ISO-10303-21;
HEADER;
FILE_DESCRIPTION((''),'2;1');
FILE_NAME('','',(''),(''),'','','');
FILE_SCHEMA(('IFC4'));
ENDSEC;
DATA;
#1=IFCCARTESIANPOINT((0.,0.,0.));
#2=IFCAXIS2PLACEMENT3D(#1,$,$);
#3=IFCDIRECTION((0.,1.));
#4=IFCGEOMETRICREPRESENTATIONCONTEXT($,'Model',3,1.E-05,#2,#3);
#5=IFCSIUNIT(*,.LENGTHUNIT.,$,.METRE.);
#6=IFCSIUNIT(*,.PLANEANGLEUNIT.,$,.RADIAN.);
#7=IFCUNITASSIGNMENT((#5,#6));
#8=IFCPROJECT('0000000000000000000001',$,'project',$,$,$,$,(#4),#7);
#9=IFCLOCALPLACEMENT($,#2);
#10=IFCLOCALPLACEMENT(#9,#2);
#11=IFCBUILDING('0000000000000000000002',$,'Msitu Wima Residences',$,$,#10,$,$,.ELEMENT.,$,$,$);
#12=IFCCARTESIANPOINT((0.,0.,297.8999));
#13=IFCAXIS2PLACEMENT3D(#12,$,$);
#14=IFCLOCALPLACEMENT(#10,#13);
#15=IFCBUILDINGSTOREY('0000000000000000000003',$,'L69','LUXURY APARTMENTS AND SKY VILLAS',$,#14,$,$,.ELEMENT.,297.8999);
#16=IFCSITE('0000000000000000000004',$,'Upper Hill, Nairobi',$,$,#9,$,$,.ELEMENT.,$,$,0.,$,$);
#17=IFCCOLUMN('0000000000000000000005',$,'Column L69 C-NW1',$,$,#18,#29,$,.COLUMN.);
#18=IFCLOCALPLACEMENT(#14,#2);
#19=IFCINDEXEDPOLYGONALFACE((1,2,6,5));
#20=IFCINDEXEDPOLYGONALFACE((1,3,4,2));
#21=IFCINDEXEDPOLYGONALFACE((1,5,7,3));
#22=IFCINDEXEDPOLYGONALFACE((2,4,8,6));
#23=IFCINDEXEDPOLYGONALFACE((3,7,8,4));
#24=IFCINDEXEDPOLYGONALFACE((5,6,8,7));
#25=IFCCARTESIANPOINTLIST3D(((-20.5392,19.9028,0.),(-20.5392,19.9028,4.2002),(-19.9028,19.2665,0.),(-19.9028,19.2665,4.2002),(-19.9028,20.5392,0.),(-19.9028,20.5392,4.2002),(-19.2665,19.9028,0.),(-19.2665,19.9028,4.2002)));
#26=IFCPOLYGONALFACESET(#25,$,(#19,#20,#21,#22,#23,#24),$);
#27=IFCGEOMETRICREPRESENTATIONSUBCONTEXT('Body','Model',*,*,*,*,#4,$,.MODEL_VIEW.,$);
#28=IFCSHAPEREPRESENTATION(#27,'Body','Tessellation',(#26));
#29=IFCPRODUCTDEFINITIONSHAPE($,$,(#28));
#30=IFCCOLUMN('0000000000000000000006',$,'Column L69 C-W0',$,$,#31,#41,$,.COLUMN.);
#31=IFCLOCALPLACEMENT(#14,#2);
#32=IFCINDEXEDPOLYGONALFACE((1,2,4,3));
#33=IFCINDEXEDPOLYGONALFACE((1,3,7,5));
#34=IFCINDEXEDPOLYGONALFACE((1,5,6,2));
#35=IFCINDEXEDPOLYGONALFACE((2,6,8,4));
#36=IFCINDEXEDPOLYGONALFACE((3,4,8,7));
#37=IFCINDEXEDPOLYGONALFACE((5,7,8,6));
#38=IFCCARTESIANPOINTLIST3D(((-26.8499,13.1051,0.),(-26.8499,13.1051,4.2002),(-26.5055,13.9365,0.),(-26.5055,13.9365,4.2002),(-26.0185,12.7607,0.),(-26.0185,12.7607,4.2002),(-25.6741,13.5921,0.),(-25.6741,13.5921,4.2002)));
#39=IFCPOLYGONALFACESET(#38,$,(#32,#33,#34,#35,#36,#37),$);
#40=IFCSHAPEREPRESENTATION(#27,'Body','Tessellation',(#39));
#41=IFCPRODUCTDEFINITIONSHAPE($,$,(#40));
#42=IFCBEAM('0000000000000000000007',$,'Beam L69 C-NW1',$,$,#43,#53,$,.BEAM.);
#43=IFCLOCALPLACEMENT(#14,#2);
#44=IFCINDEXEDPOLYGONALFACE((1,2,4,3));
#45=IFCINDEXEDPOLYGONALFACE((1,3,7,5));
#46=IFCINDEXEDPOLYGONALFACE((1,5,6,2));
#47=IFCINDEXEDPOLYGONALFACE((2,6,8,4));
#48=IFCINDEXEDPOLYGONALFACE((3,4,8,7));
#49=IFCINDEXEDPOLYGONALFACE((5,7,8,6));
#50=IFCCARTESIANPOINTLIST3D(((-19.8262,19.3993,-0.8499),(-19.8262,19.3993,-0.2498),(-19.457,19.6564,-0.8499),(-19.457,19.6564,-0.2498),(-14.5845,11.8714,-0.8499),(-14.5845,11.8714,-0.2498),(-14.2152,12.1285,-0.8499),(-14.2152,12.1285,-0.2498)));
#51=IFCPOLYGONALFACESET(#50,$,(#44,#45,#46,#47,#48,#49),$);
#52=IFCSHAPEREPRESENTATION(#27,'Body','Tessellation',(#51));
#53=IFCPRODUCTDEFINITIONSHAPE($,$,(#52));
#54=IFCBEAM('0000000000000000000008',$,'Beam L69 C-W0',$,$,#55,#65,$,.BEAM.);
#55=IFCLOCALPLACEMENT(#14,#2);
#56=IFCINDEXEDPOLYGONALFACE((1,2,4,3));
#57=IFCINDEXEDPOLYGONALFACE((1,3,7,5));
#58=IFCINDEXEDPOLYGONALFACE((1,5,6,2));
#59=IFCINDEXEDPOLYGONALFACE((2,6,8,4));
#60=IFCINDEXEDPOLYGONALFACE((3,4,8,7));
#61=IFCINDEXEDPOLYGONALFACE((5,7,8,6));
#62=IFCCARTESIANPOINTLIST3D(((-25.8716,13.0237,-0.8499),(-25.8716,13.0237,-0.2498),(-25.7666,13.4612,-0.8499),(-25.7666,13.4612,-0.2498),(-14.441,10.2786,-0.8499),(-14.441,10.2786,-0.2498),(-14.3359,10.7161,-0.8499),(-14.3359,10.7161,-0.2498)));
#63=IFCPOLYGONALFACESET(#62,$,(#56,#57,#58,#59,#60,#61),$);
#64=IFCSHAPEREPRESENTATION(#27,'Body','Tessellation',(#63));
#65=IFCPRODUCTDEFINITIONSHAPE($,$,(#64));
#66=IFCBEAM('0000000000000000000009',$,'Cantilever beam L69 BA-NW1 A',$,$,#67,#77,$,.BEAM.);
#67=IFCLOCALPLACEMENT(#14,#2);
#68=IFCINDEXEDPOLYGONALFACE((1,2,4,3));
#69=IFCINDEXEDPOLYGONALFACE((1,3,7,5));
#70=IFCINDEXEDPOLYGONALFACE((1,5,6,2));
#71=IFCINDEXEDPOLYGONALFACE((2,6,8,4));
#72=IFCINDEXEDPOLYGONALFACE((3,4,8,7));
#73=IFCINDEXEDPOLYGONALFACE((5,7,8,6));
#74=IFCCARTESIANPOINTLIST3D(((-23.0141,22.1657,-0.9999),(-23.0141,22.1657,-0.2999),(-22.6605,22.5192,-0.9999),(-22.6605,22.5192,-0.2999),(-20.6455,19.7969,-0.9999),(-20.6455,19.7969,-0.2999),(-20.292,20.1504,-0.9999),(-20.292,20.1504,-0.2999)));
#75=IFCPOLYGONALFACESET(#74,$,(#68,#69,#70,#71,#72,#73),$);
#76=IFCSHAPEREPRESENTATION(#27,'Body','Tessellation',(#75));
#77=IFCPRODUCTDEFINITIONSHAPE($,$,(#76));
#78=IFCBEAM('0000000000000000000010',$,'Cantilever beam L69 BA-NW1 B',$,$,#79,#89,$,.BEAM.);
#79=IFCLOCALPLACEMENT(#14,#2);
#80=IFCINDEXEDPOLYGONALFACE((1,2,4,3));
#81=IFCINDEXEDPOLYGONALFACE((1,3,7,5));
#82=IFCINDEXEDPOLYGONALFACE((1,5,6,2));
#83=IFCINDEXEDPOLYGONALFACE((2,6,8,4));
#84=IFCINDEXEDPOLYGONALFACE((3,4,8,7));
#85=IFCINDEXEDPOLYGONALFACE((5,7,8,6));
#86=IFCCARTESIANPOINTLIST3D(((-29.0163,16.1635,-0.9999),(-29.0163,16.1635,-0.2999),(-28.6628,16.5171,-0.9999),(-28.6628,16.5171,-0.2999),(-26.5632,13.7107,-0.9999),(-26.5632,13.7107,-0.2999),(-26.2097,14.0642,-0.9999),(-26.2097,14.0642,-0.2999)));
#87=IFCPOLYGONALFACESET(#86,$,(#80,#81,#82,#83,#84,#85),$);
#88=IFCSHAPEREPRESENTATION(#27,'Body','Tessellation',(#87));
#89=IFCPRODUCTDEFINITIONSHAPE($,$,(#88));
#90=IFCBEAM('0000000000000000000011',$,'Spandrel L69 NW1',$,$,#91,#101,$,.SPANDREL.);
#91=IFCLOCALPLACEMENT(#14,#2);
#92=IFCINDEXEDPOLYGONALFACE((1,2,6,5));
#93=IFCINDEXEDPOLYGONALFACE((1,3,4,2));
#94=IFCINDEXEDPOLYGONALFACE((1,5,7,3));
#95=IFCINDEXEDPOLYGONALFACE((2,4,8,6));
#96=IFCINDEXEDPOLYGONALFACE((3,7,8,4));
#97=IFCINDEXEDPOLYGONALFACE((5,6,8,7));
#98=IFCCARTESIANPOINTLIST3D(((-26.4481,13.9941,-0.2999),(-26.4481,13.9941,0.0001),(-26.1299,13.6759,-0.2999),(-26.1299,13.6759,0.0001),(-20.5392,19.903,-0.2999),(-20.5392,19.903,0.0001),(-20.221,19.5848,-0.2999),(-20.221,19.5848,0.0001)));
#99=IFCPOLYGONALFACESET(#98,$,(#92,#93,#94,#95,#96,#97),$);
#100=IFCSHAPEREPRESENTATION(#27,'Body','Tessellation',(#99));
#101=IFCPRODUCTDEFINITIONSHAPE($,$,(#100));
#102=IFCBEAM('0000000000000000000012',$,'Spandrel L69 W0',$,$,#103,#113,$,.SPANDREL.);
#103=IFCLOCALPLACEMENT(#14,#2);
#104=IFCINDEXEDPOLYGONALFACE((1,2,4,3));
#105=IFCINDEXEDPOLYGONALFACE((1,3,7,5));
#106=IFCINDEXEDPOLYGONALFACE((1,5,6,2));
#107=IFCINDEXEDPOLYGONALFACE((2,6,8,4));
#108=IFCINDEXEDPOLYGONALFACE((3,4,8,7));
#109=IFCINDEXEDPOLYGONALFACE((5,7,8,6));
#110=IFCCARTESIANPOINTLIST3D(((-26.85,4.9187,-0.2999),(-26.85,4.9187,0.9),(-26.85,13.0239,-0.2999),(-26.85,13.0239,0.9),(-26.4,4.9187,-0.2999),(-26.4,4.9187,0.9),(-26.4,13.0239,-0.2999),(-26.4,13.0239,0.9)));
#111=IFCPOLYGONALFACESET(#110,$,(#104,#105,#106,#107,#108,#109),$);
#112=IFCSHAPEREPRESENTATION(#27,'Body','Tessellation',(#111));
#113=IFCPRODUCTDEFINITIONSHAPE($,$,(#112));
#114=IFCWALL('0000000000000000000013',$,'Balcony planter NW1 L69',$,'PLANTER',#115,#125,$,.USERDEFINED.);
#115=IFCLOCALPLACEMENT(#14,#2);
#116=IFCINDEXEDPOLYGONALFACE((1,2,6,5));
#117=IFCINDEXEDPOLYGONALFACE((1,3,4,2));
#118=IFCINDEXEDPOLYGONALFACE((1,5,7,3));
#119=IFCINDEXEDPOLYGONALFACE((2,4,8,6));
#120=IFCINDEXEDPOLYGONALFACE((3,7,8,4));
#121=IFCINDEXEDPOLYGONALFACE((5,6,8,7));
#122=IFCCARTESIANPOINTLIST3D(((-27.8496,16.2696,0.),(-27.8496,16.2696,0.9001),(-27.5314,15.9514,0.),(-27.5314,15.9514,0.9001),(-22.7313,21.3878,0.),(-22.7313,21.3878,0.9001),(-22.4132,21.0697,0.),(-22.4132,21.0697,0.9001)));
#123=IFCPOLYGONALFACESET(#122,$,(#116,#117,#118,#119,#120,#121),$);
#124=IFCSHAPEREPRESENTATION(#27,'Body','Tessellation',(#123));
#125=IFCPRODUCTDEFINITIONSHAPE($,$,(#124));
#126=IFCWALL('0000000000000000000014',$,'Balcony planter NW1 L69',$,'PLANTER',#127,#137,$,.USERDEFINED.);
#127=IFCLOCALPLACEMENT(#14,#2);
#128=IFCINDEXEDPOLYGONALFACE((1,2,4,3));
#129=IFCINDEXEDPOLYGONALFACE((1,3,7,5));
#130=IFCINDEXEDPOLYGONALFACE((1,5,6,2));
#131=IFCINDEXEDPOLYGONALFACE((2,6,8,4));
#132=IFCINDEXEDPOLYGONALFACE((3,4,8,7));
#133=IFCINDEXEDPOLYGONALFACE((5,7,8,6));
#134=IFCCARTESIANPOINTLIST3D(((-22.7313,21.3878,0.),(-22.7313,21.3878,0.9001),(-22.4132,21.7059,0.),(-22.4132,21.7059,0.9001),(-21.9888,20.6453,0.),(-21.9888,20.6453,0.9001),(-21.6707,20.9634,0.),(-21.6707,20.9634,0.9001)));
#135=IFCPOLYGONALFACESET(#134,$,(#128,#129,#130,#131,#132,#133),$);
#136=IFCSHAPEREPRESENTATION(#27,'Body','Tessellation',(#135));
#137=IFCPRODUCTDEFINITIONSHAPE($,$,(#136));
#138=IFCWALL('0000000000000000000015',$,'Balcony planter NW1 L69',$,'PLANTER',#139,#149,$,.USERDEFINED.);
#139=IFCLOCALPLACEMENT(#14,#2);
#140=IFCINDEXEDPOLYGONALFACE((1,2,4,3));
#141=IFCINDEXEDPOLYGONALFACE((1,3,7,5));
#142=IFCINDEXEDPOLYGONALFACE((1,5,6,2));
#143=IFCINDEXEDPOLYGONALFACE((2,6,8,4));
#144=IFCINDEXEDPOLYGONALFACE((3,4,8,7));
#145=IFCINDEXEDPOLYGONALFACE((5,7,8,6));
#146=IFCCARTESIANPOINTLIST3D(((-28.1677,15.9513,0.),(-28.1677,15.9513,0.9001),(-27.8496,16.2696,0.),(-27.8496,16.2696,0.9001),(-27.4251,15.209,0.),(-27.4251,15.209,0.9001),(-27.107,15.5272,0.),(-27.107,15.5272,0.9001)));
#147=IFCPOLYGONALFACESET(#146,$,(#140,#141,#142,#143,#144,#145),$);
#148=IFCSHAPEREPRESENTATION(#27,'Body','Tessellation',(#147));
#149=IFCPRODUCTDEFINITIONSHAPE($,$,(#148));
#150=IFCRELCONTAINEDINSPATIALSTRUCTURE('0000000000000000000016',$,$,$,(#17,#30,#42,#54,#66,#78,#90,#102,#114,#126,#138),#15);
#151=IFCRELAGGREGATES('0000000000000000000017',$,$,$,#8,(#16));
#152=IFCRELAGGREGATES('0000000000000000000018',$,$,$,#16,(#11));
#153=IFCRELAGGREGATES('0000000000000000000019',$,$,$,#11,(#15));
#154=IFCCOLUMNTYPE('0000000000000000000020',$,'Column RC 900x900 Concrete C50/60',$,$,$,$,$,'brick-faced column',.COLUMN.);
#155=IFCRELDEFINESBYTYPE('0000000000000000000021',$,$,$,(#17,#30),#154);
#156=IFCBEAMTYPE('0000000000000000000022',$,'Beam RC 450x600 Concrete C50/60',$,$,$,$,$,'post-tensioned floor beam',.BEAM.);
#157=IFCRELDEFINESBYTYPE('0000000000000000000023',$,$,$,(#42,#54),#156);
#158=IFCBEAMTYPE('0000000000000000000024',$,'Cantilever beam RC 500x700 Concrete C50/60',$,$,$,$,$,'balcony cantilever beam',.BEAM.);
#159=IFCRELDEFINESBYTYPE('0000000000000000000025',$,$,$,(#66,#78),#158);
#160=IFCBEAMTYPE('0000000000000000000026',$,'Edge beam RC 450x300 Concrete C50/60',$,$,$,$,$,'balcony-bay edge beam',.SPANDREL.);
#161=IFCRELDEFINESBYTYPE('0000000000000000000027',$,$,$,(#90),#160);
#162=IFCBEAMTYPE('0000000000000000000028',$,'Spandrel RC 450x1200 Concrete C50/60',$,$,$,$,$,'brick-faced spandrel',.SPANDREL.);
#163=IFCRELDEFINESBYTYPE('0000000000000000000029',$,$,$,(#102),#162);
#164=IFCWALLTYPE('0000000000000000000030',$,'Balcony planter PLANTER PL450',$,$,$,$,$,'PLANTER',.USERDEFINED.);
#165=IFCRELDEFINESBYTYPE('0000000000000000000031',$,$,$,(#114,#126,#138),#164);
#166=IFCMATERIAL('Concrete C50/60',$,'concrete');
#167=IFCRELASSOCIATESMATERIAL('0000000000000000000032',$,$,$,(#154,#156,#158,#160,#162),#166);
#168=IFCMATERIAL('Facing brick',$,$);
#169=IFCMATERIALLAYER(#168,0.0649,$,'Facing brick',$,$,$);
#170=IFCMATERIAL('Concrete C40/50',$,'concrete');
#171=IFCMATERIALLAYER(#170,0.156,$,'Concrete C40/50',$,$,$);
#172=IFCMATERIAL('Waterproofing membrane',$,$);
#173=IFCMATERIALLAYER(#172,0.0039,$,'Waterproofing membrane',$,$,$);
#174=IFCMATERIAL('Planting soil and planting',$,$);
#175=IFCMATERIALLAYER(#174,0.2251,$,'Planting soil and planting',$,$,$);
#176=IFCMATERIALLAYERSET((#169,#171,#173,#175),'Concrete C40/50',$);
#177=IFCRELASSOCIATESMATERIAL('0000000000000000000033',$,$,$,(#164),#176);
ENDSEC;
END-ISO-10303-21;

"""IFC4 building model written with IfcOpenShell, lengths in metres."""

from ifc_helpers import new_model, si_unit, direction, frame, frame_2d, origin, origin_2d, place, context, subcontext, project, spatial, rectangle, extrude, material, layer, layer_set, material_profile, profile_set, type_object, element, save


model = new_model("IFC4")

# Units and contexts
model_context = context("Model", 3, precision=1e-05, world=origin(), true_north=direction((0.0, 1.0)))
body_context = subcontext(model_context, "Body", "Model", "MODEL_VIEW")
ifc_project = project(units=[si_unit("LENGTHUNIT", "METRE"), si_unit("PLANEANGLEUNIT", "RADIAN")], contexts=[model_context])

# Site, building, storey
site_placement = place(None, origin())
site = spatial("IfcSite", under=ifc_project, at=site_placement, Name="Upper Hill, Nairobi", CompositionType="ELEMENT", RefElevation=0.0)
building_placement = place(site_placement, origin())
building = spatial("IfcBuilding", under=site, at=building_placement, Name="Msitu Wima Residences", CompositionType="ELEMENT")
storey_placement = place(building_placement, frame((0.0, 0.0, 297.8999)))
storey = spatial("IfcBuildingStorey", under=building, at=storey_placement, Name="L69", Description="LUXURY APARTMENTS AND SKY VILLAS", CompositionType="ELEMENT", Elevation=297.8999)

# Columns
ifc_material_1 = material(Name="Concrete C50/60", Category="concrete")
ifc_material_profile_1 = material_profile(ifc_material_1, rectangle(XDim=0.8999, YDim=0.8999, at=origin_2d()), Name="RC 900x900")
ifc_profile_set_1 = profile_set([ifc_material_profile_1], Name="Concrete C50/60")
column_type = type_object("IfcColumnType", Name="Column RC 900x900 Concrete C50/60", ElementType="brick-faced column", PredefinedType="COLUMN", material=ifc_profile_set_1)
for number, where, z_axis, x_axis, name in (
    (1, (-19.9028, 19.9028, 0.0), (0.0, 0.0, 1.0), (-0.707107, -0.707107, 0.0), "Column L69 C-NW1"),
    (2, (-26.262, 13.3486, 0.0), (0.0, 0.0, 1.0), (-0.382683, -0.92388, 0.0), "Column L69 C-W0"),
):
    element("IfcColumn", number, at=place(storey_placement, frame(where, z_axis=z_axis, x_axis=x_axis)), inside=storey, type_object=column_type, Name=name, PredefinedType="COLUMN", context=body_context, shape_type="SweptSolid", body=[
        extrude(rectangle(XDim=0.8999, YDim=0.8999, at=origin_2d()), origin(), (0.0, 0.0, 1.0), 4.2002),
    ])

# Beams
ifc_material_profile_2 = material_profile(ifc_material_1, rectangle(XDim=0.45, YDim=0.6001, at=origin_2d()), Name="RC 450x600")
ifc_profile_set_2 = profile_set([ifc_material_profile_2], Name="Concrete C50/60")
beam_type_1 = type_object("IfcBeamType", Name="Beam RC 450x600 Concrete C50/60", ElementType="post-tensioned floor beam", PredefinedType="BEAM", material=ifc_profile_set_2)
beam_1_placement = place(storey_placement, frame((-19.6416, 19.5278, -0.5498), z_axis=(0.571428, -0.820652, 0.0), x_axis=(0.820652, 0.571428, 0.0)))
element("IfcBeam", 3, at=beam_1_placement, inside=storey, type_object=beam_type_1, Name="Beam L69 C-NW1", PredefinedType="BEAM", context=body_context, shape_type="SweptSolid", body=[
    extrude(rectangle(XDim=0.45, YDim=0.6001, at=origin_2d()), origin(), (0.0, 0.0, 1.0), 9.1731),
])
beam_2_placement = place(storey_placement, frame((-25.8191, 13.2424, -0.5498), z_axis=(0.972353, -0.233514, 0.0), x_axis=(0.233514, 0.972353, 0.0)))
element("IfcBeam", 4, at=beam_2_placement, inside=storey, type_object=beam_type_1, Name="Beam L69 C-W0", PredefinedType="BEAM", context=body_context, shape_type="SweptSolid", body=[
    extrude(rectangle(XDim=0.45, YDim=0.6001, at=origin_2d()), origin(), (0.0, 0.0, 1.0), 11.7556),
])
ifc_material_profile_3 = material_profile(ifc_material_1, rectangle(XDim=0.5, YDim=0.7, at=origin_2d()), Name="RC 500x700")
ifc_profile_set_3 = profile_set([ifc_material_profile_3], Name="Concrete C50/60")
beam_type_2 = type_object("IfcBeamType", Name="Cantilever beam RC 500x700 Concrete C50/60", ElementType="balcony cantilever beam", PredefinedType="BEAM", material=ifc_profile_set_3)
beam_3_placement = place(storey_placement, frame((-20.4688, 19.9736, -0.6499), z_axis=(-0.70707, 0.707143, 0.0), x_axis=(-0.707143, -0.70707, 0.0)))
element("IfcBeam", 5, at=beam_3_placement, inside=storey, type_object=beam_type_2, Name="Cantilever beam L69 BA-NW1 A", PredefinedType="BEAM", context=body_context, shape_type="SweptSolid", body=[
    extrude(rectangle(XDim=0.5, YDim=0.7, at=origin_2d()), origin(), (0.0, 0.0, 1.0), 3.3499),
])
beam_4_placement = place(storey_placement, frame((-26.3865, 13.8875, -0.6499), z_axis=(-0.707142, 0.707072, 0.0), x_axis=(-0.707072, -0.707142, 0.0)))
element("IfcBeam", 6, at=beam_4_placement, inside=storey, type_object=beam_type_2, Name="Cantilever beam L69 BA-NW1 B", PredefinedType="BEAM", context=body_context, shape_type="SweptSolid", body=[
    extrude(rectangle(XDim=0.5, YDim=0.7, at=origin_2d()), origin(), (0.0, 0.0, 1.0), 3.469),
])
ifc_material_profile_4 = material_profile(ifc_material_1, rectangle(XDim=0.45, YDim=0.3, at=origin_2d()), Name="RC 450x300")
ifc_profile_set_4 = profile_set([ifc_material_profile_4], Name="Concrete C50/60")
beam_type_3 = type_object("IfcBeamType", Name="Edge beam RC 450x300 Concrete C50/60", ElementType="balcony-bay edge beam", PredefinedType="SPANDREL", material=ifc_profile_set_4)
beam_5_placement = place(storey_placement, frame((-20.3801, 19.7439, -0.1499), z_axis=(-0.707107, -0.707107, 0.0), x_axis=(0.707107, -0.707107, 0.0)))
element("IfcBeam", 7, at=beam_5_placement, inside=storey, type_object=beam_type_3, Name="Spandrel L69 NW1", PredefinedType="SPANDREL", context=body_context, shape_type="SweptSolid", body=[
    extrude(rectangle(XDim=0.45, YDim=0.3, at=origin_2d()), origin(), (0.0, 0.0, 1.0), 8.3564),
])
ifc_material_profile_5 = material_profile(ifc_material_1, rectangle(XDim=0.45, YDim=1.2, at=origin_2d()), Name="RC 450x1200")
ifc_profile_set_5 = profile_set([ifc_material_profile_5], Name="Concrete C50/60")
beam_type_4 = type_object("IfcBeamType", Name="Spandrel RC 450x1200 Concrete C50/60", ElementType="brick-faced spandrel", PredefinedType="SPANDREL", material=ifc_profile_set_5)
beam_6_placement = place(storey_placement, frame((-26.625, 13.0239, 0.3), z_axis=(0.0, -1.0, 0.0), x_axis=(1.0, 0.0, 0.0)))
element("IfcBeam", 8, at=beam_6_placement, inside=storey, type_object=beam_type_4, Name="Spandrel L69 W0", PredefinedType="SPANDREL", context=body_context, shape_type="SweptSolid", body=[
    extrude(rectangle(XDim=0.45, YDim=1.2, at=origin_2d()), origin(), (0.0, 0.0, 1.0), 8.1052),
])

# Walls
ifc_material_2 = material(Name="Facing brick")
ifc_layer_1 = layer(ifc_material_2, 0.0649, Name="Facing brick")
ifc_material_3 = material(Name="Concrete C40/50", Category="concrete")
ifc_layer_2 = layer(ifc_material_3, 0.156, Name="Concrete C40/50")
ifc_material_4 = material(Name="Waterproofing membrane")
ifc_layer_3 = layer(ifc_material_4, 0.0039, Name="Waterproofing membrane")
ifc_material_5 = material(Name="Planting soil and planting")
ifc_layer_4 = layer(ifc_material_5, 0.2251, Name="Planting soil and planting")
ifc_layer_set_1 = layer_set([ifc_layer_1, ifc_layer_2, ifc_layer_3, ifc_layer_4], Name="Concrete C40/50")
wall_type_1 = type_object("IfcWallType", Name="Balcony planter PLANTER PL450", ElementType="PLANTER", PredefinedType="USERDEFINED", material=ifc_layer_set_1)
wall_1_placement = place(storey_placement, frame((-22.5723, 21.2288, 0.0), z_axis=(0.0, 0.0, 1.0), x_axis=(-0.707107, -0.707107, 0.0)))
element("IfcWall", 9, at=wall_1_placement, inside=storey, type_object=wall_type_1, Name="Balcony planter NW1 L69", ObjectType="PLANTER", PredefinedType="USERDEFINED", context=body_context, shape_type="SweptSolid", body=[
    extrude(rectangle(XDim=7.2383, YDim=0.45, at=frame_2d((3.6191, 0.0))), origin(), (0.0, 0.0, 1.0), 0.9001),
])
for number, where, z_axis, x_axis, name in (
    (10, (-21.8298, 20.8044, 0.0), (0.0, 0.0, 1.0), (-0.707107, 0.707107, 0.0), "Balcony planter NW1 L69"),
    (11, (-27.2661, 15.3682, 0.0), (0.0, 0.0, 1.0), (-0.707223, 0.706991, 0.0), "Balcony planter NW1 L69"),
):
    element("IfcWall", number, at=place(storey_placement, frame(where, z_axis=z_axis, x_axis=x_axis)), inside=storey, type_object=wall_type_1, Name=name, ObjectType="PLANTER", PredefinedType="USERDEFINED", context=body_context, shape_type="SweptSolid", body=[
        extrude(rectangle(XDim=1.05, YDim=0.45, at=frame_2d((0.5249, 0.0))), origin(), (0.0, 0.0, 1.0), 0.9001),
    ])

save(model, "model.ifc")
